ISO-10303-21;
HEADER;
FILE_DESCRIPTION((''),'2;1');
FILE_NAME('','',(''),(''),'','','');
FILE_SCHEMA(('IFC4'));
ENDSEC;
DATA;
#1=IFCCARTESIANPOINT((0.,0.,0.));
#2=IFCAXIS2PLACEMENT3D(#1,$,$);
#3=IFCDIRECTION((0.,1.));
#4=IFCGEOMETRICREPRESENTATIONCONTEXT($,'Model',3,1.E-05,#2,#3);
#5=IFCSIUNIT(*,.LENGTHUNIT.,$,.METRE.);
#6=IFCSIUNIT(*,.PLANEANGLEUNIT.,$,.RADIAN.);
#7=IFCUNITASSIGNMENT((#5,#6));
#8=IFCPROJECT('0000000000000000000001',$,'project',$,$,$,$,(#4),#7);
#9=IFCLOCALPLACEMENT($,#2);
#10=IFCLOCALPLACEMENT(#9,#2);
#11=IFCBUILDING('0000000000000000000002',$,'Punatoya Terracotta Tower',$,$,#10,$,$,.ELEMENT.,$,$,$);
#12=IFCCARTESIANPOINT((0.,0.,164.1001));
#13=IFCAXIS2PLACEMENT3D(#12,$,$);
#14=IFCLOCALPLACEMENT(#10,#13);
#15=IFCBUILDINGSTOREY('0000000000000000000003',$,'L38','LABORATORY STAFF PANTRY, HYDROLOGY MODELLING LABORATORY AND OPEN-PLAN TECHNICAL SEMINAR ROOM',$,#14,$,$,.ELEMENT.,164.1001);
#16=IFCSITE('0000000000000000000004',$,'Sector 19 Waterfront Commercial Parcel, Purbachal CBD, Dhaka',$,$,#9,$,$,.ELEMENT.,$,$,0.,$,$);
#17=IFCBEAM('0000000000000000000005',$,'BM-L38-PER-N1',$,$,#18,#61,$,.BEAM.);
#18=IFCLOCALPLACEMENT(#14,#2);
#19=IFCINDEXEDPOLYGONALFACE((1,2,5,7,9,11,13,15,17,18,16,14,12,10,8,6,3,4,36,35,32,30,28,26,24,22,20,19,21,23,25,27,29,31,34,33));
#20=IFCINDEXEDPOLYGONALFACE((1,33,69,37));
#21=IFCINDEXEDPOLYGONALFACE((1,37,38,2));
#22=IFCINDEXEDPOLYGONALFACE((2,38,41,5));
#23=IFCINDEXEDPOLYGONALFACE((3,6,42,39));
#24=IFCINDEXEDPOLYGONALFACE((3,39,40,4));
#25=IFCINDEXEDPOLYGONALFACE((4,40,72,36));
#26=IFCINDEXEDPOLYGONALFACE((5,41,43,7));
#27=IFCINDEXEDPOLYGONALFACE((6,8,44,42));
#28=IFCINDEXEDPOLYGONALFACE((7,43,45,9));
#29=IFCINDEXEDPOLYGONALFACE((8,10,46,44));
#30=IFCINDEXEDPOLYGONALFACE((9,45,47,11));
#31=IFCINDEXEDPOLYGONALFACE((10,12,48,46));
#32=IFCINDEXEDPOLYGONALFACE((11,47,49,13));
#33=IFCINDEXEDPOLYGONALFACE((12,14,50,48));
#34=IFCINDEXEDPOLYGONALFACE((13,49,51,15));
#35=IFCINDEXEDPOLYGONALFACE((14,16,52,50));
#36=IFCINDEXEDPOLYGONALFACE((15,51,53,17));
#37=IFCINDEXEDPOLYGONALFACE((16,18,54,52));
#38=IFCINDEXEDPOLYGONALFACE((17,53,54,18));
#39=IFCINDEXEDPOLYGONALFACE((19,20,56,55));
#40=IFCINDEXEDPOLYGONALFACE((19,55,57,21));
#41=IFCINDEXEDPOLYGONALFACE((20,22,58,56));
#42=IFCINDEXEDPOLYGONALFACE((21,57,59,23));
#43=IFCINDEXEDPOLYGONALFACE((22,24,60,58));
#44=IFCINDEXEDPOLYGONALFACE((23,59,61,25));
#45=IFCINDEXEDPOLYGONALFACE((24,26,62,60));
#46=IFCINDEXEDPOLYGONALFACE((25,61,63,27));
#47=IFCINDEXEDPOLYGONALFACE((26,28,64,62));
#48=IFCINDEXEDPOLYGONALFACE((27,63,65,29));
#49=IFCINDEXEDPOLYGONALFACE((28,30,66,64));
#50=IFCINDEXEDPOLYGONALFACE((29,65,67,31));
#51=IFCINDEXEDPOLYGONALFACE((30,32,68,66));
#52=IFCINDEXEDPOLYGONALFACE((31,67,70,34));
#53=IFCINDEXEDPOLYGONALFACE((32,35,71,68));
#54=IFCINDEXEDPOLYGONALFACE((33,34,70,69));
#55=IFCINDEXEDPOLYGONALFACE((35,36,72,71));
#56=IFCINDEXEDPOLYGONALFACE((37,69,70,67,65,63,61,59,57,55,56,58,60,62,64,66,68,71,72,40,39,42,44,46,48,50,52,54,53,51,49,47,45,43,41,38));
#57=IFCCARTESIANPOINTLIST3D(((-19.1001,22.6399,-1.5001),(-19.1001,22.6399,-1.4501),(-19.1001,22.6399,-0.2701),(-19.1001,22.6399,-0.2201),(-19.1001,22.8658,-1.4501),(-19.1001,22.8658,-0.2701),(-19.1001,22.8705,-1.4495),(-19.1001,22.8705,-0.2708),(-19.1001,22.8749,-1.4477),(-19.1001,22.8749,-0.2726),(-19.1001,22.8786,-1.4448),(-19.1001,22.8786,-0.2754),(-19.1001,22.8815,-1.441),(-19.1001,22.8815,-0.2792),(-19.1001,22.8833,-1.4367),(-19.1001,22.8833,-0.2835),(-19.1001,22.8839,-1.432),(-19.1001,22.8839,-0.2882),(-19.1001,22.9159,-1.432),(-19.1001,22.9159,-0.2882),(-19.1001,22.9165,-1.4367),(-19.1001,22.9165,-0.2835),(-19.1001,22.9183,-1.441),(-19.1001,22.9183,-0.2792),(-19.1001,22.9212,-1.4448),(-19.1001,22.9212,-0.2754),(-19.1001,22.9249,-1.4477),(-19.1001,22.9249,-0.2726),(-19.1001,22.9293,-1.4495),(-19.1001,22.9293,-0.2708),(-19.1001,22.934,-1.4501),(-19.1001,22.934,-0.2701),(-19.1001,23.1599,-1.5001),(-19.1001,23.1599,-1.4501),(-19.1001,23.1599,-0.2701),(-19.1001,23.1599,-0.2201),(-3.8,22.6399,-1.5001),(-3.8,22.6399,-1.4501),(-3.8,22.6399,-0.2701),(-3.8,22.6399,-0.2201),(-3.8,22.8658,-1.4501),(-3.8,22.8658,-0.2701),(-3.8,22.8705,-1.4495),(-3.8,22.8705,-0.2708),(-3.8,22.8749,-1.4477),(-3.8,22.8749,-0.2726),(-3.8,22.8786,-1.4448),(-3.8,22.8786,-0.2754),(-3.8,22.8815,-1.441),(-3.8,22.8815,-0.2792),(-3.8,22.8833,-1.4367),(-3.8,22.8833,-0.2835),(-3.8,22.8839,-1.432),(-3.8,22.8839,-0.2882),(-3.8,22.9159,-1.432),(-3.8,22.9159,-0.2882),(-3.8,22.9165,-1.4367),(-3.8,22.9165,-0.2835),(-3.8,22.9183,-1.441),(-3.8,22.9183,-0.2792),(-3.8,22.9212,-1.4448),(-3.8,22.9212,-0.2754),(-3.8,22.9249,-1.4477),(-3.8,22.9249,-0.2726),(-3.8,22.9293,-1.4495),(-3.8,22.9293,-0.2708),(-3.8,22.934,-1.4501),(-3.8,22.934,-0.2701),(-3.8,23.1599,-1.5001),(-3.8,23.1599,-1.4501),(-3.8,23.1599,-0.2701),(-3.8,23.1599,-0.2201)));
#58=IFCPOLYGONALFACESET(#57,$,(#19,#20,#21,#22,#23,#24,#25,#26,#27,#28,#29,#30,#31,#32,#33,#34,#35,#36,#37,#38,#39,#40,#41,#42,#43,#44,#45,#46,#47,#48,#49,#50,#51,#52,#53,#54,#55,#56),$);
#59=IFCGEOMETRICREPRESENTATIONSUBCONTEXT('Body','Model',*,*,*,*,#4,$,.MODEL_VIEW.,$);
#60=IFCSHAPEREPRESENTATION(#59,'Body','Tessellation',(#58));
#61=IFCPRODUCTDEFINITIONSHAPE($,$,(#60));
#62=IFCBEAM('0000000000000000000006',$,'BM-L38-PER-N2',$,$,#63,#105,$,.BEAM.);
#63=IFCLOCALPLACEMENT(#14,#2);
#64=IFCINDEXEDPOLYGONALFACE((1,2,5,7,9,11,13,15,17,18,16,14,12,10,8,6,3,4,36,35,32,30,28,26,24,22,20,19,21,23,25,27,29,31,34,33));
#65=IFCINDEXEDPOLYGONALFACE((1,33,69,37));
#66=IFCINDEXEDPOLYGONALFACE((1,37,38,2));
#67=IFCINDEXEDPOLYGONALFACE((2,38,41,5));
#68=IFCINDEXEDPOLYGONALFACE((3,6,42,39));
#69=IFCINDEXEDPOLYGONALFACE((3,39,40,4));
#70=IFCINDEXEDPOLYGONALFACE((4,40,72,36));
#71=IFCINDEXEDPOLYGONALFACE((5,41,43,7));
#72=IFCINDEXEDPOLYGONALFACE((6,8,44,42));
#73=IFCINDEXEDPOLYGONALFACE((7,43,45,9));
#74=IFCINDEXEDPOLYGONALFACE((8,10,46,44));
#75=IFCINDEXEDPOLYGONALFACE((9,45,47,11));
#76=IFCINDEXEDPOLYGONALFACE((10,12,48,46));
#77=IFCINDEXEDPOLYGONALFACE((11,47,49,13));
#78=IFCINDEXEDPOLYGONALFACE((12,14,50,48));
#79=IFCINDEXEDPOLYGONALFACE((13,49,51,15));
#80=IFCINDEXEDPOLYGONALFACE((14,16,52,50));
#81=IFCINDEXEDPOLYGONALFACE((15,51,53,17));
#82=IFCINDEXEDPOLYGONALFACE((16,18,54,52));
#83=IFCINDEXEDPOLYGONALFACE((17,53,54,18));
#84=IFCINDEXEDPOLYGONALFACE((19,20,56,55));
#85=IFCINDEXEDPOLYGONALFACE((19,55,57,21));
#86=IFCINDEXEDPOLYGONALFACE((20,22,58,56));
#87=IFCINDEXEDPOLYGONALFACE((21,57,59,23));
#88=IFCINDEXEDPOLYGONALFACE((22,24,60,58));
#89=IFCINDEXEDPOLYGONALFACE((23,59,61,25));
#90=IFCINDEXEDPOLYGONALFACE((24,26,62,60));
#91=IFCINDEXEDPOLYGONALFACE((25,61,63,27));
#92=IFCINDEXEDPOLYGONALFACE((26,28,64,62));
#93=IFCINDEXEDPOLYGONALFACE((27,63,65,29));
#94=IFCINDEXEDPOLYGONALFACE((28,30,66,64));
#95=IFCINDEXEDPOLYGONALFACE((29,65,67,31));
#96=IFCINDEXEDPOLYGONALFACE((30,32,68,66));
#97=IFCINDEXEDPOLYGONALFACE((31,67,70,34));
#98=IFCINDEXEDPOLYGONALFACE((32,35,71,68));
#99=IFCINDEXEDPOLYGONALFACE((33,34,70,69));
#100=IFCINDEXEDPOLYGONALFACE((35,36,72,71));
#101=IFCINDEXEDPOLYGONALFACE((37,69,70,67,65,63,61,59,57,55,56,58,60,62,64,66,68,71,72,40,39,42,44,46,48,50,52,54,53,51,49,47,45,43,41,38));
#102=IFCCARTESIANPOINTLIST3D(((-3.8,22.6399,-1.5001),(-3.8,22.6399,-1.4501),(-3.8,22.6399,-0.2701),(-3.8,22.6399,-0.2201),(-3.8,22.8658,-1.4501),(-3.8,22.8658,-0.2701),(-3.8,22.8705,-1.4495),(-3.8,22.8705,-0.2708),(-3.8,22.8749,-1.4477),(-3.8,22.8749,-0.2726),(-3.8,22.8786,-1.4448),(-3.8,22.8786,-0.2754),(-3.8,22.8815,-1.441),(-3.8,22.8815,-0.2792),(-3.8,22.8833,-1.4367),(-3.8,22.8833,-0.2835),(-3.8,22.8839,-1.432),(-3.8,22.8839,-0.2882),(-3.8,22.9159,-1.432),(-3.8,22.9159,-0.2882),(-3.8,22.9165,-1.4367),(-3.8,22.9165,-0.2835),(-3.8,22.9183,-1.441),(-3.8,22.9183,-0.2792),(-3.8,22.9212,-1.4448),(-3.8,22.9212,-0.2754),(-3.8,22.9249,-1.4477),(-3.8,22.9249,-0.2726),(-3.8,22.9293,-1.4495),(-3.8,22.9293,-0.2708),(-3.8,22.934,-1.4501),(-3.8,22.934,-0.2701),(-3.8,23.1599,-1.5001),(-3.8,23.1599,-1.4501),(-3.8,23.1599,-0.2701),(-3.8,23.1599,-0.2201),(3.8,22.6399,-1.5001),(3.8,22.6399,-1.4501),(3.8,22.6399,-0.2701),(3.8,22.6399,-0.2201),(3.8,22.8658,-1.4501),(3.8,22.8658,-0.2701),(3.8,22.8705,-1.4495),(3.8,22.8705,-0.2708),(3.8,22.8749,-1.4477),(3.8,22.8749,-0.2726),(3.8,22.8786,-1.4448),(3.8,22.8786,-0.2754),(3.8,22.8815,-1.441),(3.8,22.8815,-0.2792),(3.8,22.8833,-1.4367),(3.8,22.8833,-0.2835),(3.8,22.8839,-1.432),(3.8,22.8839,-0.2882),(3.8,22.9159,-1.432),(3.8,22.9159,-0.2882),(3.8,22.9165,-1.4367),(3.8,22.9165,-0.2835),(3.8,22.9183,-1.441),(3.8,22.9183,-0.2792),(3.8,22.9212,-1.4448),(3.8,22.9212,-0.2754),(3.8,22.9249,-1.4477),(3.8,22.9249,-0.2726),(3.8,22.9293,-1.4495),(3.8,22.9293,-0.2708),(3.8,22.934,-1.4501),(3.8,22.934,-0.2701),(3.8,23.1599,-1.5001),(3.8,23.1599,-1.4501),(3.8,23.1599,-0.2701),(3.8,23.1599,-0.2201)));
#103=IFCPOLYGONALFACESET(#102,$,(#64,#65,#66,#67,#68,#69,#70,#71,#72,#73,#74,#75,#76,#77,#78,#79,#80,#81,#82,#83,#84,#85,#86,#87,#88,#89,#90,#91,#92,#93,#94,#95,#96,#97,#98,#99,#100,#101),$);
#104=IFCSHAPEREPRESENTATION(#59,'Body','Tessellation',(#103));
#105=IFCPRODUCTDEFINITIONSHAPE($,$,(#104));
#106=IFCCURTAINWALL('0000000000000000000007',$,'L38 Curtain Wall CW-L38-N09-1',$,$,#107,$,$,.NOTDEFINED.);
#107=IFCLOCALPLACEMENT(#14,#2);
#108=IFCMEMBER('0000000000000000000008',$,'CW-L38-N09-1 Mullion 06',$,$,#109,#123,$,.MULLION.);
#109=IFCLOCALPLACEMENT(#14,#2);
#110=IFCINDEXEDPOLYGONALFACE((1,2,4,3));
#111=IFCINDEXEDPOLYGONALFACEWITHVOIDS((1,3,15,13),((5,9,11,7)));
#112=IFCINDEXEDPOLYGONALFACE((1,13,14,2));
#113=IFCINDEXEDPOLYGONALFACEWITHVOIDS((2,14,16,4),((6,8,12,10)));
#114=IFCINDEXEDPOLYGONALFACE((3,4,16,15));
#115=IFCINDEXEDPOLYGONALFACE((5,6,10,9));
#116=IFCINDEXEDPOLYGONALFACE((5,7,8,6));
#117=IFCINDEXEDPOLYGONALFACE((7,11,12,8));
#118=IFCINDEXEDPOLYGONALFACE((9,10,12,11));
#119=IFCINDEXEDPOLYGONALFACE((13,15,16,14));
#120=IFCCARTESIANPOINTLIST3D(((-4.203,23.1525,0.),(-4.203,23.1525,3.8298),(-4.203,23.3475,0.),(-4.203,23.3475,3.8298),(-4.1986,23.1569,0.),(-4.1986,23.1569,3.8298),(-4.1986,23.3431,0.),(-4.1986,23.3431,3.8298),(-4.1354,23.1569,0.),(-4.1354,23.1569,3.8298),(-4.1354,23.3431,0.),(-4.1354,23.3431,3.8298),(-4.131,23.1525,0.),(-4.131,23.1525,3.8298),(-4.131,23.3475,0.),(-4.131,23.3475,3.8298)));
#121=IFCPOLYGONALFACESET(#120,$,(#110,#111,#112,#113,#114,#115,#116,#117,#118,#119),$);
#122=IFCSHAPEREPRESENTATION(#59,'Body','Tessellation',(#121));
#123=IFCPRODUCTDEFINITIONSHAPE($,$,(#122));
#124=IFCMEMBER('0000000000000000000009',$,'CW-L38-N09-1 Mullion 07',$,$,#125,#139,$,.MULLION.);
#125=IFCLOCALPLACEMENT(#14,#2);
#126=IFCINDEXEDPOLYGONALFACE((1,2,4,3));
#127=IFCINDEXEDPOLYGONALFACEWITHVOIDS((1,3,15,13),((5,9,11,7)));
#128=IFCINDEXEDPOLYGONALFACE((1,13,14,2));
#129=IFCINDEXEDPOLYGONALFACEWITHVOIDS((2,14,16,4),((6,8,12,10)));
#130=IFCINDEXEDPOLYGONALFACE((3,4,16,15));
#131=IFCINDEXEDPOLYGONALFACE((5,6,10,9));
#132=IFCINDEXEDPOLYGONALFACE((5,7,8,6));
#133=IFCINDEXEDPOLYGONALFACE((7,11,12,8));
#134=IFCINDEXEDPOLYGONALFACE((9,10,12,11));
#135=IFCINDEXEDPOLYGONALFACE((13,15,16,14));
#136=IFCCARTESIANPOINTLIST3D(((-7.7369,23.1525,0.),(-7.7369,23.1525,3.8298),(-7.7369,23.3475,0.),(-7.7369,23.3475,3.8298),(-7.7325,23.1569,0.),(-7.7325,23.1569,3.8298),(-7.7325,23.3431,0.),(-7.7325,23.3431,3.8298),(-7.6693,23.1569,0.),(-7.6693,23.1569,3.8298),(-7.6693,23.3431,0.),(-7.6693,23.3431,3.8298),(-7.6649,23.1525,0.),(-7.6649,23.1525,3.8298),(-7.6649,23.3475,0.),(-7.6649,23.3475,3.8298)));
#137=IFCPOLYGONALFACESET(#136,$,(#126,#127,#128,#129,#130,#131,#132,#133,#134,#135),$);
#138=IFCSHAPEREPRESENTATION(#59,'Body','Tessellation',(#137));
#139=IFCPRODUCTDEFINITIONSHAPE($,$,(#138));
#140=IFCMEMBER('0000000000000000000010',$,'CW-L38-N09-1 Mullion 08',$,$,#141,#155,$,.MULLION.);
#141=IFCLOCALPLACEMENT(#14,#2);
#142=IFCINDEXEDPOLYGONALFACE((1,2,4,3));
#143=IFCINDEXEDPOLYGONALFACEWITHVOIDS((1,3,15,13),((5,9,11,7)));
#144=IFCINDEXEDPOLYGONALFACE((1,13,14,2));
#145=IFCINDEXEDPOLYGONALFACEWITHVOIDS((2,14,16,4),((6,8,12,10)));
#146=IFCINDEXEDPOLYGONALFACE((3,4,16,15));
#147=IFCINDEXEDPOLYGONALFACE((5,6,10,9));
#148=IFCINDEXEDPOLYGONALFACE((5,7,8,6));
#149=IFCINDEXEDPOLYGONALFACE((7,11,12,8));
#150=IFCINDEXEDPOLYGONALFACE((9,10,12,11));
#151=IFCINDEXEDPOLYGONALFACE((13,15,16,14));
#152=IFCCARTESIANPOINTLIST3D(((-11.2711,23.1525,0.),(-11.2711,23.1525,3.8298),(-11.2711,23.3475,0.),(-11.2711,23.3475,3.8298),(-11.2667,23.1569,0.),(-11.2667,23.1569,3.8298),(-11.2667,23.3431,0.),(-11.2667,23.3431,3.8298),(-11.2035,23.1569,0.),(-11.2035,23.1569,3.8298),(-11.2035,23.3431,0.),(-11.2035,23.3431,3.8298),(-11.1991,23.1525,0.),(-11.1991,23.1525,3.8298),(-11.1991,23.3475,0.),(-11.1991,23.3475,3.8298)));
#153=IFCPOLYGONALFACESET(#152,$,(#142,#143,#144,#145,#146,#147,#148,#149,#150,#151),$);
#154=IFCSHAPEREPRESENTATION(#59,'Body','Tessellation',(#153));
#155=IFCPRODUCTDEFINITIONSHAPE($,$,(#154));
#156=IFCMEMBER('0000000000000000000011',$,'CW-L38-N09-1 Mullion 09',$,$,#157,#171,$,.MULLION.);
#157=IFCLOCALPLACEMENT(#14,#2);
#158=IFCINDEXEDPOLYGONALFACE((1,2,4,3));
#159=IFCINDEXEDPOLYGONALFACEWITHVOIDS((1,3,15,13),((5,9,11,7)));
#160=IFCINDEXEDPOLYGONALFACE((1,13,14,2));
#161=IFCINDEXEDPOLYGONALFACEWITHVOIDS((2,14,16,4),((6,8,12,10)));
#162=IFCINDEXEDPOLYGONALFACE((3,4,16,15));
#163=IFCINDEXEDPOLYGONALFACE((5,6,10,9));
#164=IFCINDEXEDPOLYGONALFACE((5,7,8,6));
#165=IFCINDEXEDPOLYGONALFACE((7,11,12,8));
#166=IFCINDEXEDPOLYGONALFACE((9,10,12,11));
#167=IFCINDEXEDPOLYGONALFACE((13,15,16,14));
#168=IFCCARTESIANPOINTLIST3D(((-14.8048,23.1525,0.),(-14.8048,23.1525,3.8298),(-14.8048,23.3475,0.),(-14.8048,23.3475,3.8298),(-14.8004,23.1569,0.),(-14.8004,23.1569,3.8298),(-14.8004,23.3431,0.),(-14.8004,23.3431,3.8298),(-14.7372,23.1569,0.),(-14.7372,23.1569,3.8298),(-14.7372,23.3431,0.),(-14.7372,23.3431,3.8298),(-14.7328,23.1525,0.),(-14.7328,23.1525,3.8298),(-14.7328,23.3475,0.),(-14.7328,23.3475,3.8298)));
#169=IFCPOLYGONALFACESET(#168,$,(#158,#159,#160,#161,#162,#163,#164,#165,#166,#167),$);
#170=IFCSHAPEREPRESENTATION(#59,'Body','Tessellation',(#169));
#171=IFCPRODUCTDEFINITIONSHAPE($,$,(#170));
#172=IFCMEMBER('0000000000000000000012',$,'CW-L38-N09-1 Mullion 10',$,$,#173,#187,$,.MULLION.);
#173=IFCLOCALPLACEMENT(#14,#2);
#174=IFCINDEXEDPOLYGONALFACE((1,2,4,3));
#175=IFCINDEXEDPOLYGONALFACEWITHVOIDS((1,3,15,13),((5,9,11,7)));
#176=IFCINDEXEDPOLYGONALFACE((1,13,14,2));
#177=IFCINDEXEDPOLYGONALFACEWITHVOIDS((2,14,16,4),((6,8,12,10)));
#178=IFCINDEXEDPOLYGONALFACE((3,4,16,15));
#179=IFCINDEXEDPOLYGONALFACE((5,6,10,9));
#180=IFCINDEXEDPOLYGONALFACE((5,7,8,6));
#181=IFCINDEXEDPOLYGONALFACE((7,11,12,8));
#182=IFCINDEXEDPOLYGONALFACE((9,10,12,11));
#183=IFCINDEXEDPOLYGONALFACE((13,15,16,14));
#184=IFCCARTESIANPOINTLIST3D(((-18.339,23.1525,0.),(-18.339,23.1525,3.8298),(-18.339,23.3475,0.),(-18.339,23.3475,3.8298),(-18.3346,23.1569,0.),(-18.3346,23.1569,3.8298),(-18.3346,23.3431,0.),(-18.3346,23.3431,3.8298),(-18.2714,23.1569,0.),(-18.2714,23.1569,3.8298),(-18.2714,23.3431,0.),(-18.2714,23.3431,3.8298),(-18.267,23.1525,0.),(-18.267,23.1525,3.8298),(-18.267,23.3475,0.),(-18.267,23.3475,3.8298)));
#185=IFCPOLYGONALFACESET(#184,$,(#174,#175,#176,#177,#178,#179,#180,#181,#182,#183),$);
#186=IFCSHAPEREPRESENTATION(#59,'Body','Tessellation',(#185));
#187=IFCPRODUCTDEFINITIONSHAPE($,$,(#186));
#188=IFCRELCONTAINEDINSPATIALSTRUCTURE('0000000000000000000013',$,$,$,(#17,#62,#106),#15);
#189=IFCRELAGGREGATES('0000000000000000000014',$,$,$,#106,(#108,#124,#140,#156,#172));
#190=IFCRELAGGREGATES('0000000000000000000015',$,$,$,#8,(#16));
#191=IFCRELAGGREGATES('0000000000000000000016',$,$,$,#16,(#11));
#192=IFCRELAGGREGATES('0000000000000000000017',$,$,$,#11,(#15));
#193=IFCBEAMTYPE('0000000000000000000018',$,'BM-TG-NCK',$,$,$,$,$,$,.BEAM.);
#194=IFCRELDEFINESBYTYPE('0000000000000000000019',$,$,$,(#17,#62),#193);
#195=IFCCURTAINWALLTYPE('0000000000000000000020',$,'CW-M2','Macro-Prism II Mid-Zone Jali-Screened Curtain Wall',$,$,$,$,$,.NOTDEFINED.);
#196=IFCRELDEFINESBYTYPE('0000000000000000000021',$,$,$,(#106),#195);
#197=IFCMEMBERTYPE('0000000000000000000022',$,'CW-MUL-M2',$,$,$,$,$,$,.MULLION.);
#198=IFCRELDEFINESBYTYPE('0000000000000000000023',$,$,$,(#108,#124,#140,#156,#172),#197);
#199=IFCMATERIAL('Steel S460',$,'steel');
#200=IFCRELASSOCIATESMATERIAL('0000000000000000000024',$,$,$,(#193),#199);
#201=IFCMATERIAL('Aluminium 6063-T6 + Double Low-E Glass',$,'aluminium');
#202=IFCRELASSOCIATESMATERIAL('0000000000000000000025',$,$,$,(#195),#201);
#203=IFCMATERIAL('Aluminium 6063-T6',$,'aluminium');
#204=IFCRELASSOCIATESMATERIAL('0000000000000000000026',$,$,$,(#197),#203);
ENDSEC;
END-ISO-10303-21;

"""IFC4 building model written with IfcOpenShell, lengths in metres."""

from ifc_helpers import new_model, si_unit, direction, frame, origin, origin_2d, place, context, subcontext, project, spatial, hollow_rectangle, i_section, extrude, material, material_profile, profile_set, type_object, element, aggregate, save


model = new_model("IFC4")

# Units and contexts
model_context = context("Model", 3, precision=1e-05, world=origin(), true_north=direction((0.0, 1.0)))
body_context = subcontext(model_context, "Body", "Model", "MODEL_VIEW")
ifc_project = project(units=[si_unit("LENGTHUNIT", "METRE"), si_unit("PLANEANGLEUNIT", "RADIAN")], contexts=[model_context])

# Site, building, storey
site_placement = place(None, origin())
site = spatial("IfcSite", under=ifc_project, at=site_placement, Name="Sector 19 Waterfront Commercial Parcel, Purbachal CBD, Dhaka", CompositionType="ELEMENT", RefElevation=0.0)
building_placement = place(site_placement, origin())
building = spatial("IfcBuilding", under=site, at=building_placement, Name="Punatoya Terracotta Tower", CompositionType="ELEMENT")
storey_placement = place(building_placement, frame((0.0, 0.0, 164.1001)))
storey = spatial("IfcBuildingStorey", under=building, at=storey_placement, Name="L38", Description="LABORATORY STAFF PANTRY, HYDROLOGY MODELLING LABORATORY AND OPEN-PLAN TECHNICAL SEMINAR ROOM", CompositionType="ELEMENT", Elevation=164.1001)

# Shared definitions
ifc_material_1 = material(Name="Steel S460", Category="steel")

# Beams
ifc_material_profile_1 = material_profile(ifc_material_1, i_section(OverallWidth=0.52, OverallDepth=1.28, WebThickness=0.032, FlangeThickness=0.05, FilletRadius=0.0181, at=origin_2d()))
ifc_profile_set_1 = profile_set([ifc_material_profile_1], Name="Steel S460")
beam_type_1 = type_object("IfcBeamType", Name="BM-TG-NCK", PredefinedType="BEAM", material=ifc_profile_set_1)
beam_1_placement = place(storey_placement, frame((-19.1001, 22.8999, -0.8601), z_axis=(1.0, 0.0, 0.0), x_axis=(0.0, 1.0, 0.0)))
element("IfcBeam", 1, at=beam_1_placement, inside=storey, type_object=beam_type_1, Name="BM-L38-PER-N1", PredefinedType="BEAM", context=body_context, shape_type="SweptSolid", body=[
    extrude(i_section(OverallWidth=0.52, OverallDepth=1.28, WebThickness=0.032, FlangeThickness=0.05, FilletRadius=0.0181, at=origin_2d()), origin(), (0.0, 0.0, 1.0), 15.3),
])
beam_2_placement = place(storey_placement, frame((-3.8, 22.8999, -0.8601), z_axis=(1.0, 0.0, 0.0), x_axis=(0.0, 1.0, 0.0)))
element("IfcBeam", 2, at=beam_2_placement, inside=storey, type_object=beam_type_1, Name="BM-L38-PER-N2", PredefinedType="BEAM", context=body_context, shape_type="SweptSolid", body=[
    extrude(i_section(OverallWidth=0.52, OverallDepth=1.28, WebThickness=0.032, FlangeThickness=0.05, FilletRadius=0.0181, at=origin_2d()), origin(), (0.0, 0.0, 1.0), 7.6001),
])

# Curtain wall, members
ifc_material_2 = material(Name="Aluminium 6063-T6 + Double Low-E Glass", Category="aluminium")
curtain_wall_type = type_object("IfcCurtainWallType", Name="CW-M2", Description="Macro-Prism II Mid-Zone Jali-Screened Curtain Wall", PredefinedType="NOTDEFINED", material=ifc_material_2)
curtain_wall_1_placement = place(storey_placement, origin())
curtain_wall_1 = element("IfcCurtainWall", 3, at=curtain_wall_1_placement, inside=storey, type_object=curtain_wall_type, Name="L38 Curtain Wall CW-L38-N09-1", PredefinedType="NOTDEFINED")
ifc_material_3 = material(Name="Aluminium 6063-T6", Category="aluminium")
ifc_material_profile_2 = material_profile(ifc_material_3, hollow_rectangle(XDim=0.072, YDim=0.1951, WallThickness=0.0044, at=origin_2d()))
ifc_profile_set_2 = profile_set([ifc_material_profile_2], Name="Aluminium 6063-T6")
member_type_1 = type_object("IfcMemberType", Name="CW-MUL-M2", PredefinedType="MULLION", material=ifc_profile_set_2)
member_1_placement = place(storey_placement, frame((-4.167, 23.25, 0.0), z_axis=(0.0, 0.0, 1.0), x_axis=(1.0, 0.0, 0.0)))
member_1 = element("IfcMember", 4, at=member_1_placement, type_object=member_type_1, Name="CW-L38-N09-1 Mullion 06", PredefinedType="MULLION", context=body_context, shape_type="SweptSolid", body=[
    extrude(hollow_rectangle(XDim=0.072, YDim=0.1951, WallThickness=0.0044, at=origin_2d()), origin(), (0.0, 0.0, 1.0), 3.8298),
])
member_2_placement = place(storey_placement, frame((-7.7009, 23.25, 0.0), z_axis=(0.0, 0.0, 1.0), x_axis=(1.0, 0.0, 0.0)))
member_2 = element("IfcMember", 5, at=member_2_placement, type_object=member_type_1, Name="CW-L38-N09-1 Mullion 07", PredefinedType="MULLION", context=body_context, shape_type="SweptSolid", body=[
    extrude(hollow_rectangle(XDim=0.072, YDim=0.1951, WallThickness=0.0044, at=origin_2d()), origin(), (0.0, 0.0, 1.0), 3.8298),
])
member_3_placement = place(storey_placement, frame((-11.2351, 23.25, 0.0), z_axis=(0.0, 0.0, 1.0), x_axis=(1.0, 0.0, 0.0)))
member_3 = element("IfcMember", 6, at=member_3_placement, type_object=member_type_1, Name="CW-L38-N09-1 Mullion 08", PredefinedType="MULLION", context=body_context, shape_type="SweptSolid", body=[
    extrude(hollow_rectangle(XDim=0.072, YDim=0.1951, WallThickness=0.0044, at=origin_2d()), origin(), (0.0, 0.0, 1.0), 3.8298),
])
member_4_placement = place(storey_placement, frame((-14.7688, 23.25, 0.0), z_axis=(0.0, 0.0, 1.0), x_axis=(1.0, 0.0, 0.0)))
member_4 = element("IfcMember", 7, at=member_4_placement, type_object=member_type_1, Name="CW-L38-N09-1 Mullion 09", PredefinedType="MULLION", context=body_context, shape_type="SweptSolid", body=[
    extrude(hollow_rectangle(XDim=0.072, YDim=0.1951, WallThickness=0.0044, at=origin_2d()), origin(), (0.0, 0.0, 1.0), 3.8298),
])
member_5_placement = place(storey_placement, frame((-18.303, 23.25, 0.0), z_axis=(0.0, 0.0, 1.0), x_axis=(1.0, 0.0, 0.0)))
member_5 = element("IfcMember", 8, at=member_5_placement, type_object=member_type_1, Name="CW-L38-N09-1 Mullion 10", PredefinedType="MULLION", context=body_context, shape_type="SweptSolid", body=[
    extrude(hollow_rectangle(XDim=0.072, YDim=0.1951, WallThickness=0.0044, at=origin_2d()), origin(), (0.0, 0.0, 1.0), 3.8298),
])

aggregate(curtain_wall_1, [member_1, member_2, member_3, member_4, member_5])

save(model, "model.ifc")
